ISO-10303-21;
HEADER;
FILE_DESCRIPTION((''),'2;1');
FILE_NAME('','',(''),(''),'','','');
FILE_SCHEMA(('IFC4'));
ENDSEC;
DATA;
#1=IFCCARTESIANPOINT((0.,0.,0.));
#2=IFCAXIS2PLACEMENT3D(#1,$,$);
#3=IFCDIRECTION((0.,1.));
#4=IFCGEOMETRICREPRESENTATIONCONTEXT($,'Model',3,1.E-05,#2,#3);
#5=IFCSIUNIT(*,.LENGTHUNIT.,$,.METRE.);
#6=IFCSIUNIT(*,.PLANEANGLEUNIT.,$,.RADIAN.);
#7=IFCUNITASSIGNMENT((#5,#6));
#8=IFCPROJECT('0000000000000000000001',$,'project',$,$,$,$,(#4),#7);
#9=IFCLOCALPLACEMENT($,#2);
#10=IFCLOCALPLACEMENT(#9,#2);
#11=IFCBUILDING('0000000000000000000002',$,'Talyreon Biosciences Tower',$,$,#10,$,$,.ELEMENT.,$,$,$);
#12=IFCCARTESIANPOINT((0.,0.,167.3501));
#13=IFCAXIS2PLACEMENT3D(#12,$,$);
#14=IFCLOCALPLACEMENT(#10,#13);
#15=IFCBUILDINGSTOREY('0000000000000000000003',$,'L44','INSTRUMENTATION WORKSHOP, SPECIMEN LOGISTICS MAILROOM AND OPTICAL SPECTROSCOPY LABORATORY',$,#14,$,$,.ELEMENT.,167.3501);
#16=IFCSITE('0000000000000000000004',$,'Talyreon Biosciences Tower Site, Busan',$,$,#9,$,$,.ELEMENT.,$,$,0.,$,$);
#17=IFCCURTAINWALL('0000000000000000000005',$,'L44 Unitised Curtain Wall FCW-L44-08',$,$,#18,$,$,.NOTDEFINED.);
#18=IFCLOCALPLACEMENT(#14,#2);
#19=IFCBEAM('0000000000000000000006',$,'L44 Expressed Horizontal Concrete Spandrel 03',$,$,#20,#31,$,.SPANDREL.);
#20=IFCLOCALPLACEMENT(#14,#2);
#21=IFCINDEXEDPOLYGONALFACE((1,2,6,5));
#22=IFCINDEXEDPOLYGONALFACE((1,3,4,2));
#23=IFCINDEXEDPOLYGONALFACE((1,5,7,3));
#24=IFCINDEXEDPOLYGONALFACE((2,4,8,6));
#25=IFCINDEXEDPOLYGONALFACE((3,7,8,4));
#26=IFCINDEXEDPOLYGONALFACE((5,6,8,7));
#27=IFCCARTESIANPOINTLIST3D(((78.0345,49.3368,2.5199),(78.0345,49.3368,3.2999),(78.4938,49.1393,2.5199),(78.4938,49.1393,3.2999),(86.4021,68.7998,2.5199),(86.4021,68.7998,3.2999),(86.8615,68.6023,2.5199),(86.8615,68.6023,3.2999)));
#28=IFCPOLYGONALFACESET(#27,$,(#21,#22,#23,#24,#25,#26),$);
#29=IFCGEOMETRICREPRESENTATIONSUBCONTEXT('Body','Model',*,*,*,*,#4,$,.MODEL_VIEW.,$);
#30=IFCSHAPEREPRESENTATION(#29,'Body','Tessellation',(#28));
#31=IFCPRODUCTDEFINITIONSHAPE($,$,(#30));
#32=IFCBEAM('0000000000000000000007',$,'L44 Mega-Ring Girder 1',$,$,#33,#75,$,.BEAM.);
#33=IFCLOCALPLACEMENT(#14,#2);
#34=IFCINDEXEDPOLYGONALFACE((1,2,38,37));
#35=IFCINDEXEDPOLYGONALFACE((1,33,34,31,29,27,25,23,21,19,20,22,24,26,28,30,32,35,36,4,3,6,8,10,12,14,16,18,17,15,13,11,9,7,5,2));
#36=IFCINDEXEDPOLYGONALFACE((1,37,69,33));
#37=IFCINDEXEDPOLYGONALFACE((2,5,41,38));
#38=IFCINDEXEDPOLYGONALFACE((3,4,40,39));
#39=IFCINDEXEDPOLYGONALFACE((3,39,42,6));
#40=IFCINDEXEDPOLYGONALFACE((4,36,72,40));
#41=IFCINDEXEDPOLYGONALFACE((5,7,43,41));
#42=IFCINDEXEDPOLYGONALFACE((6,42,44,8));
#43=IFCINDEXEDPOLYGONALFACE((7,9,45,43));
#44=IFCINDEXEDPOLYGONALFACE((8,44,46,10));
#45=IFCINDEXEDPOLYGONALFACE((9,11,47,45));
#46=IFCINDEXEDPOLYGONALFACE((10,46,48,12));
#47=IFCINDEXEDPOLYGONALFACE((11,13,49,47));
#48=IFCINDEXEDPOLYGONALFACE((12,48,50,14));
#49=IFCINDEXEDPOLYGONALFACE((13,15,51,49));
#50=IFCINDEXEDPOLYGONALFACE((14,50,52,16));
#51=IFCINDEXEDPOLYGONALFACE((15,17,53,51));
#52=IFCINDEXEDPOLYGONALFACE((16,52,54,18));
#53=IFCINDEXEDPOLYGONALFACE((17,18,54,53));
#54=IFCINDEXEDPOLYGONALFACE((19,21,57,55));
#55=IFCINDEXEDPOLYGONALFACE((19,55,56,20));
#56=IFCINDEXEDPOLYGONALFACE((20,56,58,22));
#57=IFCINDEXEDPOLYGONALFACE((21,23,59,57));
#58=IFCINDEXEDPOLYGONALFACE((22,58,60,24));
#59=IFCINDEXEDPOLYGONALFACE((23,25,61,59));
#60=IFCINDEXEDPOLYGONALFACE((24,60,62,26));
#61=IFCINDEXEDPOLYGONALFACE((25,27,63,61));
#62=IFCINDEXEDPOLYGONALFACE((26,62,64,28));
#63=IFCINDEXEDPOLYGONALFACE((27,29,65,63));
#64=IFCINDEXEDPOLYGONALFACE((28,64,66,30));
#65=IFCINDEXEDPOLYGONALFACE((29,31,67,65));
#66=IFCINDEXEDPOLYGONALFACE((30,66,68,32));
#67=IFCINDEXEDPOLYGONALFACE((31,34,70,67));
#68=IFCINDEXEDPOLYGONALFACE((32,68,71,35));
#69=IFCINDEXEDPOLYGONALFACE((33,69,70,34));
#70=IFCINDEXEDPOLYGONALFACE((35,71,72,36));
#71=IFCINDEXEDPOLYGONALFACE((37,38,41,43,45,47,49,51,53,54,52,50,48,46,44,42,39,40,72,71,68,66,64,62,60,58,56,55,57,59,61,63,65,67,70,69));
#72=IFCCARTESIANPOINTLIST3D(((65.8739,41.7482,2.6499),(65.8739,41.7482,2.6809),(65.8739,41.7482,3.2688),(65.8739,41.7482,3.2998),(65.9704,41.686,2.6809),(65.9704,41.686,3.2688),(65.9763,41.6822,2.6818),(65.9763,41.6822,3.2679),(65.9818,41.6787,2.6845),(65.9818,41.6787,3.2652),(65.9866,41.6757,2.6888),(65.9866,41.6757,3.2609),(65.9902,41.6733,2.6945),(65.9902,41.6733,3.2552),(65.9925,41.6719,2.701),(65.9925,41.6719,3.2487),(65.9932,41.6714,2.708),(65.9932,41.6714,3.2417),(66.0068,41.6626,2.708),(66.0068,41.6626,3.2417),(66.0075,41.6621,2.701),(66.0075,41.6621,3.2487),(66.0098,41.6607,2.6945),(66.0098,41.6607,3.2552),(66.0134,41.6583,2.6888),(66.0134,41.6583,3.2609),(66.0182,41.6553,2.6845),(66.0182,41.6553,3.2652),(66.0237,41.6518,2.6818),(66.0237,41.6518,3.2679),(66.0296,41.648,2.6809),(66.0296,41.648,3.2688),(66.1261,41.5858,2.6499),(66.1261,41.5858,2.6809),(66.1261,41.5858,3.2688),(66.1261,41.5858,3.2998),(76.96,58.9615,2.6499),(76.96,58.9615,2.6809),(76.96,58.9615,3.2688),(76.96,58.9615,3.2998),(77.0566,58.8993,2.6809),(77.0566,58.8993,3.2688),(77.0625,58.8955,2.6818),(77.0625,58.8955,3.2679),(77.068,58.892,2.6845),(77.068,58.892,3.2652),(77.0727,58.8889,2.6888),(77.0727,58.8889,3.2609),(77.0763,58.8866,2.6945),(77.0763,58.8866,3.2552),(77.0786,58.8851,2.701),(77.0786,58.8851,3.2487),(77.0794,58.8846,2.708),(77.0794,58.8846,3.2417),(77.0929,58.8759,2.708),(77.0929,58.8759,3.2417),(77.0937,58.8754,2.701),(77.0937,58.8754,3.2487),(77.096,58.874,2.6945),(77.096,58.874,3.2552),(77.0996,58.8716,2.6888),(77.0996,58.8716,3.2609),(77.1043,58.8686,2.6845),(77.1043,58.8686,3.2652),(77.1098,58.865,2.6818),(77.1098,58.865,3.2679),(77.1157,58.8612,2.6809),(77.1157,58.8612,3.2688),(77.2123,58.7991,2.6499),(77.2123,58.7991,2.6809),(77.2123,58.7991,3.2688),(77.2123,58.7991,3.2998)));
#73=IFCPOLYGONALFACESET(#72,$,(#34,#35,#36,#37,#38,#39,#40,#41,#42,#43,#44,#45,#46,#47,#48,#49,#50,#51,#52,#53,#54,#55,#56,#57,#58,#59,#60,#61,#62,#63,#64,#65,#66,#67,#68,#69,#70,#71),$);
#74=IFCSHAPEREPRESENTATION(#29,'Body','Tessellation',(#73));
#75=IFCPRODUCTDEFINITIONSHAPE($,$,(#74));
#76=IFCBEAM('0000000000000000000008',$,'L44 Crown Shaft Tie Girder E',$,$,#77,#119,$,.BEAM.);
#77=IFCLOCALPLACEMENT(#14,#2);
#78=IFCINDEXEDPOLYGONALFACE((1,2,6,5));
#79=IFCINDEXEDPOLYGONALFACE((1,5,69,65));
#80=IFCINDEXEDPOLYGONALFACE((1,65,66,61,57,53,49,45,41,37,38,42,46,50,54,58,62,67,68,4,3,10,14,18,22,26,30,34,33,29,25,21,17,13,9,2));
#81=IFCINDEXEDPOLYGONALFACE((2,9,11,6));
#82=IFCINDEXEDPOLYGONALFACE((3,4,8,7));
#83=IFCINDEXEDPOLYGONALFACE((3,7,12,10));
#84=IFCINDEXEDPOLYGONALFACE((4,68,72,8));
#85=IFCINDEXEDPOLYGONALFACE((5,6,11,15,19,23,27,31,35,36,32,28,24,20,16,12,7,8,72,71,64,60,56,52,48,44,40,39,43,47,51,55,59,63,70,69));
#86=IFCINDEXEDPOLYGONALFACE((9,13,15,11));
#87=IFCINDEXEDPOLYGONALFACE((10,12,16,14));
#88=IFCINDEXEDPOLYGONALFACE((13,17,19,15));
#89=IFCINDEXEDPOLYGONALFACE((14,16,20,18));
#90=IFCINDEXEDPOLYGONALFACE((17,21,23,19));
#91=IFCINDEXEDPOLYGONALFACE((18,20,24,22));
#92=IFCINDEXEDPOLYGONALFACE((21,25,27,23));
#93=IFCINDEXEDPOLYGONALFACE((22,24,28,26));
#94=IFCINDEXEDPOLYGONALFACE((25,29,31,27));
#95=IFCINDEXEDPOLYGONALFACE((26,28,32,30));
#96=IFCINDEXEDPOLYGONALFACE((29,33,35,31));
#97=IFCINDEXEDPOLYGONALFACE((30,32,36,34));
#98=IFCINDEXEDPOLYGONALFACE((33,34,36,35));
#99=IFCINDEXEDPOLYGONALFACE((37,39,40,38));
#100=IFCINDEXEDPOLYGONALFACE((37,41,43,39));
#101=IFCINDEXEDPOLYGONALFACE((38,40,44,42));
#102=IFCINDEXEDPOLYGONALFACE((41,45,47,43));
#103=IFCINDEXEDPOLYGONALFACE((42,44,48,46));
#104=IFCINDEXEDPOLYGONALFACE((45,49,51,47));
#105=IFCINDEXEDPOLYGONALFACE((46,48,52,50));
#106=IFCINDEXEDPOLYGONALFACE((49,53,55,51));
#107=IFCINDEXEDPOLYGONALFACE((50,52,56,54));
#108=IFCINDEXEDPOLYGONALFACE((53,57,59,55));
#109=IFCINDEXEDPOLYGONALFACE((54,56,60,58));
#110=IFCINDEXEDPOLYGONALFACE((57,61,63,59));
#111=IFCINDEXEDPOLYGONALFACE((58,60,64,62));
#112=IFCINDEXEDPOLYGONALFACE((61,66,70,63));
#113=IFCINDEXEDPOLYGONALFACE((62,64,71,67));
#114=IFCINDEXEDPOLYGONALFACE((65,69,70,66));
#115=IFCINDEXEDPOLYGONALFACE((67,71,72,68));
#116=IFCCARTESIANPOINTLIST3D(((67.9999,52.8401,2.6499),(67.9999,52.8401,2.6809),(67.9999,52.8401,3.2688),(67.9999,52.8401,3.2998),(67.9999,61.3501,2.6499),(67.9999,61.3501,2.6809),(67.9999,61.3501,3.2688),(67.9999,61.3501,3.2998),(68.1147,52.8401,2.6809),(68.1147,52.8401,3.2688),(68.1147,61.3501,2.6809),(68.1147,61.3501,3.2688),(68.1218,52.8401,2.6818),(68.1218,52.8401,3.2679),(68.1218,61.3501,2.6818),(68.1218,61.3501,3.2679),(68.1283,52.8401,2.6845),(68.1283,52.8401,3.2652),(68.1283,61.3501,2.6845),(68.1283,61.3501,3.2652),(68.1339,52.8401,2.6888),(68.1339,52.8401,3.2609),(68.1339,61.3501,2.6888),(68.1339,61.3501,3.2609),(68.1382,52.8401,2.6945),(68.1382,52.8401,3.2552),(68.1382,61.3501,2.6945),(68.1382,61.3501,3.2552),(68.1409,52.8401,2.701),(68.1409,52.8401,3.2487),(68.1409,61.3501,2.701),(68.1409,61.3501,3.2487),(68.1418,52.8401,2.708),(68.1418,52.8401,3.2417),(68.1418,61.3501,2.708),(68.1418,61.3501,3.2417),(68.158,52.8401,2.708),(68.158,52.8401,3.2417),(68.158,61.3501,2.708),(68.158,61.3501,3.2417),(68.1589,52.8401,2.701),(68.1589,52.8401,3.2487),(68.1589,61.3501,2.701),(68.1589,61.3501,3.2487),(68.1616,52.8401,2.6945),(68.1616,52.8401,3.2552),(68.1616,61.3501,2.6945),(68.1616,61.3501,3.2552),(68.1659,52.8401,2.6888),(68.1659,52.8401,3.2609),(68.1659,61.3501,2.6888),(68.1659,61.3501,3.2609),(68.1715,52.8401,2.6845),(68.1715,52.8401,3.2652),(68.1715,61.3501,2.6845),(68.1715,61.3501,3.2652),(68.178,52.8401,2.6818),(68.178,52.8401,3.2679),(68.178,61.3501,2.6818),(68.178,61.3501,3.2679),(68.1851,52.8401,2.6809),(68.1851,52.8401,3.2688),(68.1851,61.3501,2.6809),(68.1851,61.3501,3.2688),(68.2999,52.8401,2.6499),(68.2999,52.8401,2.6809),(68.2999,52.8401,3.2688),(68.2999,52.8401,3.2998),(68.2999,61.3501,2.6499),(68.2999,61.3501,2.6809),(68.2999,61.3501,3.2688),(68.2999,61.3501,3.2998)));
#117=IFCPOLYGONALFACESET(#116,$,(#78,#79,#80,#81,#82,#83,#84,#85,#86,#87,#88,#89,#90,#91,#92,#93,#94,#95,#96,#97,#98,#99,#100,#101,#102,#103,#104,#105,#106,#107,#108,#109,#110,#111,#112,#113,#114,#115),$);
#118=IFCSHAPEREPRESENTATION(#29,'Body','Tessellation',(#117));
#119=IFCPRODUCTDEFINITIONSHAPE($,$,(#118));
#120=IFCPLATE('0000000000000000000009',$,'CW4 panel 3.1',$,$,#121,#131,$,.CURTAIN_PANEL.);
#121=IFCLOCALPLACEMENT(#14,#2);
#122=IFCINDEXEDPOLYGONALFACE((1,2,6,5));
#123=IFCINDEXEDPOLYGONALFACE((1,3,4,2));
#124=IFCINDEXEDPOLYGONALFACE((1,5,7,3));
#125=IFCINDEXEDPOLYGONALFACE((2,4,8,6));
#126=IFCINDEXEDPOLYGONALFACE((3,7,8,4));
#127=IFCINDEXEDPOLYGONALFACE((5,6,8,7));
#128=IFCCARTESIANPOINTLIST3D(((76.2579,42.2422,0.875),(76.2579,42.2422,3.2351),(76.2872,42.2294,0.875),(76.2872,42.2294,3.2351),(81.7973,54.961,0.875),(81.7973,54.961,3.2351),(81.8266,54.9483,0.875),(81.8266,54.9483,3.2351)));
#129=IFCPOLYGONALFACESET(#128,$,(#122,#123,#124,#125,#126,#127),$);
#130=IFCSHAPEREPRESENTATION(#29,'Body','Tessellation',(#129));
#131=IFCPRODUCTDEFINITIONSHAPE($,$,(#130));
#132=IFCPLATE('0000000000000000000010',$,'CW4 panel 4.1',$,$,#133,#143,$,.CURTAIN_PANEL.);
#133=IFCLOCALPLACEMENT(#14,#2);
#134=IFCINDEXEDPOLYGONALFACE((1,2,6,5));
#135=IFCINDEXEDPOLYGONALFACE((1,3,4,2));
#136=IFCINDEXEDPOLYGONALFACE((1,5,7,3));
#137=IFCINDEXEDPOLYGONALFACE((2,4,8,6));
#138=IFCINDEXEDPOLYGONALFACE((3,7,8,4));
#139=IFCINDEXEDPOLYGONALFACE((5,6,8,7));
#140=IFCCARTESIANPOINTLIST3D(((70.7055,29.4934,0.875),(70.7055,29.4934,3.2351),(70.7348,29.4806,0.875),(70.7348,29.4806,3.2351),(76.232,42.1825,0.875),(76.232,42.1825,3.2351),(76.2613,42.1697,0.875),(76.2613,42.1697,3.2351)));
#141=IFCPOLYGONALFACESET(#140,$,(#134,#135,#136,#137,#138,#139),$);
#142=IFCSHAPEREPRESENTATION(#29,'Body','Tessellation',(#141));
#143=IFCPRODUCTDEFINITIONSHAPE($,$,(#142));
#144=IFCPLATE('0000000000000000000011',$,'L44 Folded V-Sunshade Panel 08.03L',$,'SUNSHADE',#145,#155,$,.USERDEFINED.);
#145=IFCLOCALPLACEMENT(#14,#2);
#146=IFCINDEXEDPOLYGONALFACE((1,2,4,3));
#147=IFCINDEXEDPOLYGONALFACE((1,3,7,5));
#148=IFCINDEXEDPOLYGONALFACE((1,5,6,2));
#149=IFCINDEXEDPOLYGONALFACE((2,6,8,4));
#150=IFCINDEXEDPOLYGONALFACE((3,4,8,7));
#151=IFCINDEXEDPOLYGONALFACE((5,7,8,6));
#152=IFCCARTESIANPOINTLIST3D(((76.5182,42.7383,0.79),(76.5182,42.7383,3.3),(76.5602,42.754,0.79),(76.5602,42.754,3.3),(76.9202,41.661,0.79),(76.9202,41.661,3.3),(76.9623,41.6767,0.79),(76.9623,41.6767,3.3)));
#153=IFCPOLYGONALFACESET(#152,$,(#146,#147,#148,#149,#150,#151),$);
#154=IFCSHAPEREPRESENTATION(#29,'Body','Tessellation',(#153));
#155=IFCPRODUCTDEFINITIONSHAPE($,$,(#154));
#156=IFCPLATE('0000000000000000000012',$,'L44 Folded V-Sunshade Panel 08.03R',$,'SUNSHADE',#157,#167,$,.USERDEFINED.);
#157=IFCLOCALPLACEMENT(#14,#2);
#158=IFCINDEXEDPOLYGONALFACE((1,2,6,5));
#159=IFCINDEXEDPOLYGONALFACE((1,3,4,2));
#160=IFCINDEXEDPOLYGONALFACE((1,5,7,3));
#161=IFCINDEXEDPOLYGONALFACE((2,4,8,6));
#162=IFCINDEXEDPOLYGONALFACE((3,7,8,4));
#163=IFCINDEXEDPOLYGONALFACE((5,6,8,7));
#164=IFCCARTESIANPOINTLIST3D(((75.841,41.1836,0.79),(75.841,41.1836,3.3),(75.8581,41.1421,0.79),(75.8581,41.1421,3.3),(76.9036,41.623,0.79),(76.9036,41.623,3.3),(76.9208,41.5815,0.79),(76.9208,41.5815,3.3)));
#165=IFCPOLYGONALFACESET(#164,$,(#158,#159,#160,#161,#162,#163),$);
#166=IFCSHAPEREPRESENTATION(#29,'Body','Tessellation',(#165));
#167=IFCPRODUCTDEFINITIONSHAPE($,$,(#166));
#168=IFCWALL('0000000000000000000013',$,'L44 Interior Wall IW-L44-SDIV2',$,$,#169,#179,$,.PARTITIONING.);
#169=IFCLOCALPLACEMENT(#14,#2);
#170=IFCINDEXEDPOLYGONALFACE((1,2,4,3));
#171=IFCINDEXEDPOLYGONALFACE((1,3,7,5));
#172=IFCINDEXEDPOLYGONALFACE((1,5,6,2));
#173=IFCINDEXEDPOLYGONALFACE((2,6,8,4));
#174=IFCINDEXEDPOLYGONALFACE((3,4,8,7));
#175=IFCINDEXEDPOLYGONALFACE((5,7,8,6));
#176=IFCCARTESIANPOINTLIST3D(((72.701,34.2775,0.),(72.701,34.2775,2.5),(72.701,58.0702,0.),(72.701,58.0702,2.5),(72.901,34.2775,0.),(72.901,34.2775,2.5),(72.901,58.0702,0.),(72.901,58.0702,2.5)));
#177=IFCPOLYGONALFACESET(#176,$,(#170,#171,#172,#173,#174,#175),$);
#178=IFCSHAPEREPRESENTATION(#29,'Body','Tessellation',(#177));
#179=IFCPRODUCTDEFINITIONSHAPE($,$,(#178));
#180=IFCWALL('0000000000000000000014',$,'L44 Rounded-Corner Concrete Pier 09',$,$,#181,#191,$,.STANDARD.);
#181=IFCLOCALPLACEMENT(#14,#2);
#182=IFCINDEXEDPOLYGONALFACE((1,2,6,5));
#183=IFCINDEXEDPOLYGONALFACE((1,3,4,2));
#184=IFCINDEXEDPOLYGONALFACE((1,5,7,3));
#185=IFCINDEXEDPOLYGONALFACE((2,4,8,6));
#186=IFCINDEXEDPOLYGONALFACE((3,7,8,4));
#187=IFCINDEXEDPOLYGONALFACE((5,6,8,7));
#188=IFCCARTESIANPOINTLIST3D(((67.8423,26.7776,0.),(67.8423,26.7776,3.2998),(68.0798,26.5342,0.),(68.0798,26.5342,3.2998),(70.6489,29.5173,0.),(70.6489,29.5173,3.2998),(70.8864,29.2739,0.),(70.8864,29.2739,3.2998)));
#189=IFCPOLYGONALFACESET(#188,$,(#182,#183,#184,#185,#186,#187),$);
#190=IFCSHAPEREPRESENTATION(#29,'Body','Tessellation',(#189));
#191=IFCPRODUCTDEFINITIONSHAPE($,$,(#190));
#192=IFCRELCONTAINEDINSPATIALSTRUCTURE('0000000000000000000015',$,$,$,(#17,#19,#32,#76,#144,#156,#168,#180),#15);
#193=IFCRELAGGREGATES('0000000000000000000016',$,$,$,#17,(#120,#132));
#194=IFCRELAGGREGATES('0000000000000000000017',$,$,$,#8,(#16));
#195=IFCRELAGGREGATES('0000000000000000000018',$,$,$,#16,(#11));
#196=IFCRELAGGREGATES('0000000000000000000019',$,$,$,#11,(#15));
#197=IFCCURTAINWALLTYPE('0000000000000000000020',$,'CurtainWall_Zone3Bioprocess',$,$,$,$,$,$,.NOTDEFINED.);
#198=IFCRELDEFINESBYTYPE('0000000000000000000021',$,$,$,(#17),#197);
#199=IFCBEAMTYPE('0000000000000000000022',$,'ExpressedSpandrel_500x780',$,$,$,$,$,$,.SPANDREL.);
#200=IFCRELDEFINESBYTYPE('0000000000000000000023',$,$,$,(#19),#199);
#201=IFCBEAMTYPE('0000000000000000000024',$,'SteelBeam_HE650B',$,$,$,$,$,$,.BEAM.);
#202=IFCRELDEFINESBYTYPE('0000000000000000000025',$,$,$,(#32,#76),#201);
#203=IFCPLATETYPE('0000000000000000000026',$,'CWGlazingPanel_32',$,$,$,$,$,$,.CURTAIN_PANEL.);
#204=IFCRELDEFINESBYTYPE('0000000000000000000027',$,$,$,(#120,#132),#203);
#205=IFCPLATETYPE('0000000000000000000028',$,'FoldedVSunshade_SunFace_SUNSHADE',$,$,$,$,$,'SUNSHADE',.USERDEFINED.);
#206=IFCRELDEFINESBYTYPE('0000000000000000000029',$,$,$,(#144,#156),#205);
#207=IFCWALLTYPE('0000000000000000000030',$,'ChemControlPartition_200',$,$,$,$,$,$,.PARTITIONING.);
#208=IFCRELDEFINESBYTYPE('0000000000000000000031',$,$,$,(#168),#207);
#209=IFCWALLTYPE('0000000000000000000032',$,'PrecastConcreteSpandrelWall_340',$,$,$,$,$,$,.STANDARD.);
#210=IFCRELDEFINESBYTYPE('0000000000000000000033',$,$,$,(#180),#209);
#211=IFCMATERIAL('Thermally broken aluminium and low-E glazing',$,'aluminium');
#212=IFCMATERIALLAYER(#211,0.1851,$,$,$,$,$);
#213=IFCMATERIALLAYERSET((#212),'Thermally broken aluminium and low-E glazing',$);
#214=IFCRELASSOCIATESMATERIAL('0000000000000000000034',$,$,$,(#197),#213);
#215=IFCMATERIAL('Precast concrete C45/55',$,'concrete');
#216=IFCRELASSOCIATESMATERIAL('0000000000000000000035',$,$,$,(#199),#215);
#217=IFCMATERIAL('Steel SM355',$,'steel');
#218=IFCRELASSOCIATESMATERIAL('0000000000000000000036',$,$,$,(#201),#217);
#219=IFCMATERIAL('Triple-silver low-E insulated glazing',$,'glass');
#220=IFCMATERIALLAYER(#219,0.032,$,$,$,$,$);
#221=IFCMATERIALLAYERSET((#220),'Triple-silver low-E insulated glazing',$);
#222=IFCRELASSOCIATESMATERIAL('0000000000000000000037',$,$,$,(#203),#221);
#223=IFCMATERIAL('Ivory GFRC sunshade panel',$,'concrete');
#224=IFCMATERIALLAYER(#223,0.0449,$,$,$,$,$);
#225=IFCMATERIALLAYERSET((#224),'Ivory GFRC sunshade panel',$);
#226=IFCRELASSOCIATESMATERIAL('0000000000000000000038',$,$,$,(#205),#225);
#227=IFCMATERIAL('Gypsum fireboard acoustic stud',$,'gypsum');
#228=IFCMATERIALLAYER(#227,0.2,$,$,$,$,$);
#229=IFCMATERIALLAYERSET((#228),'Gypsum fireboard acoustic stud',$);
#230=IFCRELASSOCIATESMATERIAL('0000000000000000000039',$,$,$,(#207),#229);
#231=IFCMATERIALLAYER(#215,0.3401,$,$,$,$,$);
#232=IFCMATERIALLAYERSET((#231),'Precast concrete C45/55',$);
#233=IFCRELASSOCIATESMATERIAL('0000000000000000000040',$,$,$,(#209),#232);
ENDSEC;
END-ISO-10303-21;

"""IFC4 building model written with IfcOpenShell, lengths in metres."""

from ifc_helpers import new_model, si_unit, direction, frame, frame_2d, origin, origin_2d, place, context, subcontext, project, spatial, rectangle, i_section, extrude, material, layer, layer_set, material_profile, profile_set, type_object, element, aggregate, save


model = new_model("IFC4")

# Units and contexts
model_context = context("Model", 3, precision=1e-05, world=origin(), true_north=direction((0.0, 1.0)))
body_context = subcontext(model_context, "Body", "Model", "MODEL_VIEW")
ifc_project = project(units=[si_unit("LENGTHUNIT", "METRE"), si_unit("PLANEANGLEUNIT", "RADIAN")], contexts=[model_context])

# Site, building, storey
site_placement = place(None, origin())
site = spatial("IfcSite", under=ifc_project, at=site_placement, Name="Talyreon Biosciences Tower Site, Busan", CompositionType="ELEMENT", RefElevation=0.0)
building_placement = place(site_placement, origin())
building = spatial("IfcBuilding", under=site, at=building_placement, Name="Talyreon Biosciences Tower", CompositionType="ELEMENT")
storey_placement = place(building_placement, frame((0.0, 0.0, 167.3501)))
storey = spatial("IfcBuildingStorey", under=building, at=storey_placement, Name="L44", Description="INSTRUMENTATION WORKSHOP, SPECIMEN LOGISTICS MAILROOM AND OPTICAL SPECTROSCOPY LABORATORY", CompositionType="ELEMENT", Elevation=167.3501)

# Shared definitions
ifc_material_1 = material(Name="Precast concrete C45/55", Category="concrete")

# Curtain wall
ifc_material_2 = material(Name="Thermally broken aluminium and low-E glazing", Category="aluminium")
ifc_layer_1 = layer(ifc_material_2, 0.1851)
ifc_layer_set_1 = layer_set([ifc_layer_1], Name="Thermally broken aluminium and low-E glazing")
curtain_wall_type = type_object("IfcCurtainWallType", Name="CurtainWall_Zone3Bioprocess", PredefinedType="NOTDEFINED", material=ifc_layer_set_1)
curtain_wall_placement = place(storey_placement, origin())
curtain_wall = element("IfcCurtainWall", 1, at=curtain_wall_placement, inside=storey, type_object=curtain_wall_type, Name="L44 Unitised Curtain Wall FCW-L44-08", PredefinedType="NOTDEFINED")

# Beams
ifc_material_profile_1 = material_profile(ifc_material_1, rectangle(XDim=0.5, YDim=0.78, at=origin_2d()), Name="RCB 500x780")
ifc_profile_set_1 = profile_set([ifc_material_profile_1], Name="Precast concrete C45/55")
beam_type_1 = type_object("IfcBeamType", Name="ExpressedSpandrel_500x780", PredefinedType="SPANDREL", material=ifc_profile_set_1)
beam_1_placement = place(storey_placement, frame((78.2642, 49.238, 2.9099), z_axis=(0.394969, 0.918694, 0.0), x_axis=(-0.918694, 0.394969, 0.0)))
element("IfcBeam", 2, at=beam_1_placement, inside=storey, type_object=beam_type_1, Name="L44 Expressed Horizontal Concrete Spandrel 03", PredefinedType="SPANDREL", context=body_context, shape_type="SweptSolid", body=[
    extrude(rectangle(XDim=0.5, YDim=0.78, at=origin_2d()), origin(), (0.0, 0.0, 1.0), 21.1855),
])
ifc_material_3 = material(Name="Steel SM355", Category="steel")
ifc_material_profile_2 = material_profile(ifc_material_3, i_section(OverallWidth=0.3, OverallDepth=0.6499, WebThickness=0.0161, FlangeThickness=0.031, FilletRadius=0.0271, at=origin_2d()), Name="HE650B")
ifc_profile_set_2 = profile_set([ifc_material_profile_2], Name="Steel SM355")
beam_type_2 = type_object("IfcBeamType", Name="SteelBeam_HE650B", PredefinedType="BEAM", material=ifc_profile_set_2)
beam_2_placement = place(storey_placement, frame((66.0, 41.667, 2.9749), z_axis=(0.541464, 0.840724, 0.0), x_axis=(-0.840724, 0.541464, 0.0)))
element("IfcBeam", 3, at=beam_2_placement, inside=storey, type_object=beam_type_2, Name="L44 Mega-Ring Girder 1", PredefinedType="BEAM", context=body_context, shape_type="SweptSolid", body=[
    extrude(i_section(OverallWidth=0.3, OverallDepth=0.6499, WebThickness=0.0161, FlangeThickness=0.031, FilletRadius=0.0271, at=origin_2d()), origin(), (0.0, 0.0, 1.0), 20.4744),
])
beam_3_placement = place(storey_placement, frame((68.1499, 52.8401, 2.9749), z_axis=(0.0, 1.0, 0.0), x_axis=(-1.0, 0.0, 0.0)))
element("IfcBeam", 4, at=beam_3_placement, inside=storey, type_object=beam_type_2, Name="L44 Crown Shaft Tie Girder E", PredefinedType="BEAM", context=body_context, shape_type="SweptSolid", body=[
    extrude(i_section(OverallWidth=0.3, OverallDepth=0.6499, WebThickness=0.0161, FlangeThickness=0.031, FilletRadius=0.0271, at=origin_2d()), origin(), (0.0, 0.0, 1.0), 8.51),
])

# Plates
ifc_material_4 = material(Name="Triple-silver low-E insulated glazing", Category="glass")
ifc_layer_2 = layer(ifc_material_4, 0.032)
ifc_layer_set_2 = layer_set([ifc_layer_2], Name="Triple-silver low-E insulated glazing")
plate_type_1 = type_object("IfcPlateType", Name="CWGlazingPanel_32", PredefinedType="CURTAIN_PANEL", material=ifc_layer_set_2)
plate_1_placement = place(storey_placement, frame((79.0422, 48.5952, 0.875), z_axis=(0.0, 0.0, 1.0), x_axis=(-0.3993, -0.91682, 0.0)))
plate_1 = element("IfcPlate", 5, at=plate_1_placement, type_object=plate_type_1, Name="CW4 panel 3.1", PredefinedType="CURTAIN_PANEL", context=body_context, shape_type="SweptSolid", body=[
    extrude(rectangle(XDim=13.8728, YDim=0.032, at=origin_2d()), origin(), (0.0, 0.0, 1.0), 2.3601),
])
plate_2_placement = place(storey_placement, frame((73.4834, 35.8315, 0.875), z_axis=(0.0, 0.0, 1.0), x_axis=(-0.3993, -0.91682, 0.0)))
plate_2 = element("IfcPlate", 6, at=plate_2_placement, type_object=plate_type_1, Name="CW4 panel 4.1", PredefinedType="CURTAIN_PANEL", context=body_context, shape_type="SweptSolid", body=[
    extrude(rectangle(XDim=13.8403, YDim=0.032, at=origin_2d()), origin(), (0.0, 0.0, 1.0), 2.3601),
])
aggregate(curtain_wall, [plate_1, plate_2])

# Plates
ifc_material_5 = material(Name="Ivory GFRC sunshade panel", Category="concrete")
ifc_layer_3 = layer(ifc_material_5, 0.0449)
ifc_layer_set_3 = layer_set([ifc_layer_3], Name="Ivory GFRC sunshade panel")
plate_type_2 = type_object("IfcPlateType", Name="FoldedVSunshade_SunFace_SUNSHADE", ElementType="SUNSHADE", PredefinedType="USERDEFINED", material=ifc_layer_set_3)
for number, where, z_axis, x_axis, name in (
    (7, (76.7402, 42.2075, 0.79), (0.0, 0.0, 1.0), (0.349651, -0.93688, 0.0), "L44 Folded V-Sunshade Panel 08.03L"),
    (8, (76.3809, 41.3826, 0.79), (0.0, 0.0, 1.0), (-0.924106, -0.382135, 0.0), "L44 Folded V-Sunshade Panel 08.03R"),
):
    element("IfcPlate", number, at=place(storey_placement, frame(where, z_axis=z_axis, x_axis=x_axis)), inside=storey, type_object=plate_type_2, Name=name, ObjectType="SUNSHADE", PredefinedType="USERDEFINED", context=body_context, shape_type="SweptSolid", body=[
        extrude(rectangle(XDim=1.1499, YDim=0.0449, at=origin_2d()), origin(), (0.0, 0.0, 1.0), 2.51),
    ])

# Walls
ifc_material_6 = material(Name="Gypsum fireboard acoustic stud", Category="gypsum")
ifc_layer_4 = layer(ifc_material_6, 0.2)
ifc_layer_set_4 = layer_set([ifc_layer_4], Name="Gypsum fireboard acoustic stud")
wall_type_1 = type_object("IfcWallType", Name="ChemControlPartition_200", PredefinedType="PARTITIONING", material=ifc_layer_set_4)
wall_1_placement = place(storey_placement, frame((72.801, 34.2773, 0.0), z_axis=(0.0, 0.0, 1.0), x_axis=(0.0, 1.0, 0.0)))
element("IfcWall", 9, at=wall_1_placement, inside=storey, type_object=wall_type_1, Name="L44 Interior Wall IW-L44-SDIV2", PredefinedType="PARTITIONING", context=body_context, shape_type="SweptSolid", body=[
    extrude(rectangle(XDim=23.7927, YDim=0.2, at=frame_2d((11.8965, 0.0))), origin(), (0.0, 0.0, 1.0), 2.5),
])
ifc_layer_5 = layer(ifc_material_1, 0.3401)
ifc_layer_set_5 = layer_set([ifc_layer_5], Name="Precast concrete C45/55")
wall_type_2 = type_object("IfcWallType", Name="PrecastConcreteSpandrelWall_340", PredefinedType="STANDARD", material=ifc_layer_set_5)
wall_2_placement = place(storey_placement, frame((70.7676, 29.3955, 0.0), z_axis=(0.0, 0.0, 1.0), x_axis=(-0.715583, -0.698528, 0.0)))
element("IfcWall", 10, at=wall_2_placement, inside=storey, type_object=wall_type_2, Name="L44 Rounded-Corner Concrete Pier 09", PredefinedType="STANDARD", context=body_context, shape_type="SweptSolid", body=[
    extrude(rectangle(XDim=3.9221, YDim=0.3401, at=frame_2d((1.9609, 0.0))), origin(), (0.0, 0.0, 1.0), 3.2998),
])

save(model, "model.ifc")
